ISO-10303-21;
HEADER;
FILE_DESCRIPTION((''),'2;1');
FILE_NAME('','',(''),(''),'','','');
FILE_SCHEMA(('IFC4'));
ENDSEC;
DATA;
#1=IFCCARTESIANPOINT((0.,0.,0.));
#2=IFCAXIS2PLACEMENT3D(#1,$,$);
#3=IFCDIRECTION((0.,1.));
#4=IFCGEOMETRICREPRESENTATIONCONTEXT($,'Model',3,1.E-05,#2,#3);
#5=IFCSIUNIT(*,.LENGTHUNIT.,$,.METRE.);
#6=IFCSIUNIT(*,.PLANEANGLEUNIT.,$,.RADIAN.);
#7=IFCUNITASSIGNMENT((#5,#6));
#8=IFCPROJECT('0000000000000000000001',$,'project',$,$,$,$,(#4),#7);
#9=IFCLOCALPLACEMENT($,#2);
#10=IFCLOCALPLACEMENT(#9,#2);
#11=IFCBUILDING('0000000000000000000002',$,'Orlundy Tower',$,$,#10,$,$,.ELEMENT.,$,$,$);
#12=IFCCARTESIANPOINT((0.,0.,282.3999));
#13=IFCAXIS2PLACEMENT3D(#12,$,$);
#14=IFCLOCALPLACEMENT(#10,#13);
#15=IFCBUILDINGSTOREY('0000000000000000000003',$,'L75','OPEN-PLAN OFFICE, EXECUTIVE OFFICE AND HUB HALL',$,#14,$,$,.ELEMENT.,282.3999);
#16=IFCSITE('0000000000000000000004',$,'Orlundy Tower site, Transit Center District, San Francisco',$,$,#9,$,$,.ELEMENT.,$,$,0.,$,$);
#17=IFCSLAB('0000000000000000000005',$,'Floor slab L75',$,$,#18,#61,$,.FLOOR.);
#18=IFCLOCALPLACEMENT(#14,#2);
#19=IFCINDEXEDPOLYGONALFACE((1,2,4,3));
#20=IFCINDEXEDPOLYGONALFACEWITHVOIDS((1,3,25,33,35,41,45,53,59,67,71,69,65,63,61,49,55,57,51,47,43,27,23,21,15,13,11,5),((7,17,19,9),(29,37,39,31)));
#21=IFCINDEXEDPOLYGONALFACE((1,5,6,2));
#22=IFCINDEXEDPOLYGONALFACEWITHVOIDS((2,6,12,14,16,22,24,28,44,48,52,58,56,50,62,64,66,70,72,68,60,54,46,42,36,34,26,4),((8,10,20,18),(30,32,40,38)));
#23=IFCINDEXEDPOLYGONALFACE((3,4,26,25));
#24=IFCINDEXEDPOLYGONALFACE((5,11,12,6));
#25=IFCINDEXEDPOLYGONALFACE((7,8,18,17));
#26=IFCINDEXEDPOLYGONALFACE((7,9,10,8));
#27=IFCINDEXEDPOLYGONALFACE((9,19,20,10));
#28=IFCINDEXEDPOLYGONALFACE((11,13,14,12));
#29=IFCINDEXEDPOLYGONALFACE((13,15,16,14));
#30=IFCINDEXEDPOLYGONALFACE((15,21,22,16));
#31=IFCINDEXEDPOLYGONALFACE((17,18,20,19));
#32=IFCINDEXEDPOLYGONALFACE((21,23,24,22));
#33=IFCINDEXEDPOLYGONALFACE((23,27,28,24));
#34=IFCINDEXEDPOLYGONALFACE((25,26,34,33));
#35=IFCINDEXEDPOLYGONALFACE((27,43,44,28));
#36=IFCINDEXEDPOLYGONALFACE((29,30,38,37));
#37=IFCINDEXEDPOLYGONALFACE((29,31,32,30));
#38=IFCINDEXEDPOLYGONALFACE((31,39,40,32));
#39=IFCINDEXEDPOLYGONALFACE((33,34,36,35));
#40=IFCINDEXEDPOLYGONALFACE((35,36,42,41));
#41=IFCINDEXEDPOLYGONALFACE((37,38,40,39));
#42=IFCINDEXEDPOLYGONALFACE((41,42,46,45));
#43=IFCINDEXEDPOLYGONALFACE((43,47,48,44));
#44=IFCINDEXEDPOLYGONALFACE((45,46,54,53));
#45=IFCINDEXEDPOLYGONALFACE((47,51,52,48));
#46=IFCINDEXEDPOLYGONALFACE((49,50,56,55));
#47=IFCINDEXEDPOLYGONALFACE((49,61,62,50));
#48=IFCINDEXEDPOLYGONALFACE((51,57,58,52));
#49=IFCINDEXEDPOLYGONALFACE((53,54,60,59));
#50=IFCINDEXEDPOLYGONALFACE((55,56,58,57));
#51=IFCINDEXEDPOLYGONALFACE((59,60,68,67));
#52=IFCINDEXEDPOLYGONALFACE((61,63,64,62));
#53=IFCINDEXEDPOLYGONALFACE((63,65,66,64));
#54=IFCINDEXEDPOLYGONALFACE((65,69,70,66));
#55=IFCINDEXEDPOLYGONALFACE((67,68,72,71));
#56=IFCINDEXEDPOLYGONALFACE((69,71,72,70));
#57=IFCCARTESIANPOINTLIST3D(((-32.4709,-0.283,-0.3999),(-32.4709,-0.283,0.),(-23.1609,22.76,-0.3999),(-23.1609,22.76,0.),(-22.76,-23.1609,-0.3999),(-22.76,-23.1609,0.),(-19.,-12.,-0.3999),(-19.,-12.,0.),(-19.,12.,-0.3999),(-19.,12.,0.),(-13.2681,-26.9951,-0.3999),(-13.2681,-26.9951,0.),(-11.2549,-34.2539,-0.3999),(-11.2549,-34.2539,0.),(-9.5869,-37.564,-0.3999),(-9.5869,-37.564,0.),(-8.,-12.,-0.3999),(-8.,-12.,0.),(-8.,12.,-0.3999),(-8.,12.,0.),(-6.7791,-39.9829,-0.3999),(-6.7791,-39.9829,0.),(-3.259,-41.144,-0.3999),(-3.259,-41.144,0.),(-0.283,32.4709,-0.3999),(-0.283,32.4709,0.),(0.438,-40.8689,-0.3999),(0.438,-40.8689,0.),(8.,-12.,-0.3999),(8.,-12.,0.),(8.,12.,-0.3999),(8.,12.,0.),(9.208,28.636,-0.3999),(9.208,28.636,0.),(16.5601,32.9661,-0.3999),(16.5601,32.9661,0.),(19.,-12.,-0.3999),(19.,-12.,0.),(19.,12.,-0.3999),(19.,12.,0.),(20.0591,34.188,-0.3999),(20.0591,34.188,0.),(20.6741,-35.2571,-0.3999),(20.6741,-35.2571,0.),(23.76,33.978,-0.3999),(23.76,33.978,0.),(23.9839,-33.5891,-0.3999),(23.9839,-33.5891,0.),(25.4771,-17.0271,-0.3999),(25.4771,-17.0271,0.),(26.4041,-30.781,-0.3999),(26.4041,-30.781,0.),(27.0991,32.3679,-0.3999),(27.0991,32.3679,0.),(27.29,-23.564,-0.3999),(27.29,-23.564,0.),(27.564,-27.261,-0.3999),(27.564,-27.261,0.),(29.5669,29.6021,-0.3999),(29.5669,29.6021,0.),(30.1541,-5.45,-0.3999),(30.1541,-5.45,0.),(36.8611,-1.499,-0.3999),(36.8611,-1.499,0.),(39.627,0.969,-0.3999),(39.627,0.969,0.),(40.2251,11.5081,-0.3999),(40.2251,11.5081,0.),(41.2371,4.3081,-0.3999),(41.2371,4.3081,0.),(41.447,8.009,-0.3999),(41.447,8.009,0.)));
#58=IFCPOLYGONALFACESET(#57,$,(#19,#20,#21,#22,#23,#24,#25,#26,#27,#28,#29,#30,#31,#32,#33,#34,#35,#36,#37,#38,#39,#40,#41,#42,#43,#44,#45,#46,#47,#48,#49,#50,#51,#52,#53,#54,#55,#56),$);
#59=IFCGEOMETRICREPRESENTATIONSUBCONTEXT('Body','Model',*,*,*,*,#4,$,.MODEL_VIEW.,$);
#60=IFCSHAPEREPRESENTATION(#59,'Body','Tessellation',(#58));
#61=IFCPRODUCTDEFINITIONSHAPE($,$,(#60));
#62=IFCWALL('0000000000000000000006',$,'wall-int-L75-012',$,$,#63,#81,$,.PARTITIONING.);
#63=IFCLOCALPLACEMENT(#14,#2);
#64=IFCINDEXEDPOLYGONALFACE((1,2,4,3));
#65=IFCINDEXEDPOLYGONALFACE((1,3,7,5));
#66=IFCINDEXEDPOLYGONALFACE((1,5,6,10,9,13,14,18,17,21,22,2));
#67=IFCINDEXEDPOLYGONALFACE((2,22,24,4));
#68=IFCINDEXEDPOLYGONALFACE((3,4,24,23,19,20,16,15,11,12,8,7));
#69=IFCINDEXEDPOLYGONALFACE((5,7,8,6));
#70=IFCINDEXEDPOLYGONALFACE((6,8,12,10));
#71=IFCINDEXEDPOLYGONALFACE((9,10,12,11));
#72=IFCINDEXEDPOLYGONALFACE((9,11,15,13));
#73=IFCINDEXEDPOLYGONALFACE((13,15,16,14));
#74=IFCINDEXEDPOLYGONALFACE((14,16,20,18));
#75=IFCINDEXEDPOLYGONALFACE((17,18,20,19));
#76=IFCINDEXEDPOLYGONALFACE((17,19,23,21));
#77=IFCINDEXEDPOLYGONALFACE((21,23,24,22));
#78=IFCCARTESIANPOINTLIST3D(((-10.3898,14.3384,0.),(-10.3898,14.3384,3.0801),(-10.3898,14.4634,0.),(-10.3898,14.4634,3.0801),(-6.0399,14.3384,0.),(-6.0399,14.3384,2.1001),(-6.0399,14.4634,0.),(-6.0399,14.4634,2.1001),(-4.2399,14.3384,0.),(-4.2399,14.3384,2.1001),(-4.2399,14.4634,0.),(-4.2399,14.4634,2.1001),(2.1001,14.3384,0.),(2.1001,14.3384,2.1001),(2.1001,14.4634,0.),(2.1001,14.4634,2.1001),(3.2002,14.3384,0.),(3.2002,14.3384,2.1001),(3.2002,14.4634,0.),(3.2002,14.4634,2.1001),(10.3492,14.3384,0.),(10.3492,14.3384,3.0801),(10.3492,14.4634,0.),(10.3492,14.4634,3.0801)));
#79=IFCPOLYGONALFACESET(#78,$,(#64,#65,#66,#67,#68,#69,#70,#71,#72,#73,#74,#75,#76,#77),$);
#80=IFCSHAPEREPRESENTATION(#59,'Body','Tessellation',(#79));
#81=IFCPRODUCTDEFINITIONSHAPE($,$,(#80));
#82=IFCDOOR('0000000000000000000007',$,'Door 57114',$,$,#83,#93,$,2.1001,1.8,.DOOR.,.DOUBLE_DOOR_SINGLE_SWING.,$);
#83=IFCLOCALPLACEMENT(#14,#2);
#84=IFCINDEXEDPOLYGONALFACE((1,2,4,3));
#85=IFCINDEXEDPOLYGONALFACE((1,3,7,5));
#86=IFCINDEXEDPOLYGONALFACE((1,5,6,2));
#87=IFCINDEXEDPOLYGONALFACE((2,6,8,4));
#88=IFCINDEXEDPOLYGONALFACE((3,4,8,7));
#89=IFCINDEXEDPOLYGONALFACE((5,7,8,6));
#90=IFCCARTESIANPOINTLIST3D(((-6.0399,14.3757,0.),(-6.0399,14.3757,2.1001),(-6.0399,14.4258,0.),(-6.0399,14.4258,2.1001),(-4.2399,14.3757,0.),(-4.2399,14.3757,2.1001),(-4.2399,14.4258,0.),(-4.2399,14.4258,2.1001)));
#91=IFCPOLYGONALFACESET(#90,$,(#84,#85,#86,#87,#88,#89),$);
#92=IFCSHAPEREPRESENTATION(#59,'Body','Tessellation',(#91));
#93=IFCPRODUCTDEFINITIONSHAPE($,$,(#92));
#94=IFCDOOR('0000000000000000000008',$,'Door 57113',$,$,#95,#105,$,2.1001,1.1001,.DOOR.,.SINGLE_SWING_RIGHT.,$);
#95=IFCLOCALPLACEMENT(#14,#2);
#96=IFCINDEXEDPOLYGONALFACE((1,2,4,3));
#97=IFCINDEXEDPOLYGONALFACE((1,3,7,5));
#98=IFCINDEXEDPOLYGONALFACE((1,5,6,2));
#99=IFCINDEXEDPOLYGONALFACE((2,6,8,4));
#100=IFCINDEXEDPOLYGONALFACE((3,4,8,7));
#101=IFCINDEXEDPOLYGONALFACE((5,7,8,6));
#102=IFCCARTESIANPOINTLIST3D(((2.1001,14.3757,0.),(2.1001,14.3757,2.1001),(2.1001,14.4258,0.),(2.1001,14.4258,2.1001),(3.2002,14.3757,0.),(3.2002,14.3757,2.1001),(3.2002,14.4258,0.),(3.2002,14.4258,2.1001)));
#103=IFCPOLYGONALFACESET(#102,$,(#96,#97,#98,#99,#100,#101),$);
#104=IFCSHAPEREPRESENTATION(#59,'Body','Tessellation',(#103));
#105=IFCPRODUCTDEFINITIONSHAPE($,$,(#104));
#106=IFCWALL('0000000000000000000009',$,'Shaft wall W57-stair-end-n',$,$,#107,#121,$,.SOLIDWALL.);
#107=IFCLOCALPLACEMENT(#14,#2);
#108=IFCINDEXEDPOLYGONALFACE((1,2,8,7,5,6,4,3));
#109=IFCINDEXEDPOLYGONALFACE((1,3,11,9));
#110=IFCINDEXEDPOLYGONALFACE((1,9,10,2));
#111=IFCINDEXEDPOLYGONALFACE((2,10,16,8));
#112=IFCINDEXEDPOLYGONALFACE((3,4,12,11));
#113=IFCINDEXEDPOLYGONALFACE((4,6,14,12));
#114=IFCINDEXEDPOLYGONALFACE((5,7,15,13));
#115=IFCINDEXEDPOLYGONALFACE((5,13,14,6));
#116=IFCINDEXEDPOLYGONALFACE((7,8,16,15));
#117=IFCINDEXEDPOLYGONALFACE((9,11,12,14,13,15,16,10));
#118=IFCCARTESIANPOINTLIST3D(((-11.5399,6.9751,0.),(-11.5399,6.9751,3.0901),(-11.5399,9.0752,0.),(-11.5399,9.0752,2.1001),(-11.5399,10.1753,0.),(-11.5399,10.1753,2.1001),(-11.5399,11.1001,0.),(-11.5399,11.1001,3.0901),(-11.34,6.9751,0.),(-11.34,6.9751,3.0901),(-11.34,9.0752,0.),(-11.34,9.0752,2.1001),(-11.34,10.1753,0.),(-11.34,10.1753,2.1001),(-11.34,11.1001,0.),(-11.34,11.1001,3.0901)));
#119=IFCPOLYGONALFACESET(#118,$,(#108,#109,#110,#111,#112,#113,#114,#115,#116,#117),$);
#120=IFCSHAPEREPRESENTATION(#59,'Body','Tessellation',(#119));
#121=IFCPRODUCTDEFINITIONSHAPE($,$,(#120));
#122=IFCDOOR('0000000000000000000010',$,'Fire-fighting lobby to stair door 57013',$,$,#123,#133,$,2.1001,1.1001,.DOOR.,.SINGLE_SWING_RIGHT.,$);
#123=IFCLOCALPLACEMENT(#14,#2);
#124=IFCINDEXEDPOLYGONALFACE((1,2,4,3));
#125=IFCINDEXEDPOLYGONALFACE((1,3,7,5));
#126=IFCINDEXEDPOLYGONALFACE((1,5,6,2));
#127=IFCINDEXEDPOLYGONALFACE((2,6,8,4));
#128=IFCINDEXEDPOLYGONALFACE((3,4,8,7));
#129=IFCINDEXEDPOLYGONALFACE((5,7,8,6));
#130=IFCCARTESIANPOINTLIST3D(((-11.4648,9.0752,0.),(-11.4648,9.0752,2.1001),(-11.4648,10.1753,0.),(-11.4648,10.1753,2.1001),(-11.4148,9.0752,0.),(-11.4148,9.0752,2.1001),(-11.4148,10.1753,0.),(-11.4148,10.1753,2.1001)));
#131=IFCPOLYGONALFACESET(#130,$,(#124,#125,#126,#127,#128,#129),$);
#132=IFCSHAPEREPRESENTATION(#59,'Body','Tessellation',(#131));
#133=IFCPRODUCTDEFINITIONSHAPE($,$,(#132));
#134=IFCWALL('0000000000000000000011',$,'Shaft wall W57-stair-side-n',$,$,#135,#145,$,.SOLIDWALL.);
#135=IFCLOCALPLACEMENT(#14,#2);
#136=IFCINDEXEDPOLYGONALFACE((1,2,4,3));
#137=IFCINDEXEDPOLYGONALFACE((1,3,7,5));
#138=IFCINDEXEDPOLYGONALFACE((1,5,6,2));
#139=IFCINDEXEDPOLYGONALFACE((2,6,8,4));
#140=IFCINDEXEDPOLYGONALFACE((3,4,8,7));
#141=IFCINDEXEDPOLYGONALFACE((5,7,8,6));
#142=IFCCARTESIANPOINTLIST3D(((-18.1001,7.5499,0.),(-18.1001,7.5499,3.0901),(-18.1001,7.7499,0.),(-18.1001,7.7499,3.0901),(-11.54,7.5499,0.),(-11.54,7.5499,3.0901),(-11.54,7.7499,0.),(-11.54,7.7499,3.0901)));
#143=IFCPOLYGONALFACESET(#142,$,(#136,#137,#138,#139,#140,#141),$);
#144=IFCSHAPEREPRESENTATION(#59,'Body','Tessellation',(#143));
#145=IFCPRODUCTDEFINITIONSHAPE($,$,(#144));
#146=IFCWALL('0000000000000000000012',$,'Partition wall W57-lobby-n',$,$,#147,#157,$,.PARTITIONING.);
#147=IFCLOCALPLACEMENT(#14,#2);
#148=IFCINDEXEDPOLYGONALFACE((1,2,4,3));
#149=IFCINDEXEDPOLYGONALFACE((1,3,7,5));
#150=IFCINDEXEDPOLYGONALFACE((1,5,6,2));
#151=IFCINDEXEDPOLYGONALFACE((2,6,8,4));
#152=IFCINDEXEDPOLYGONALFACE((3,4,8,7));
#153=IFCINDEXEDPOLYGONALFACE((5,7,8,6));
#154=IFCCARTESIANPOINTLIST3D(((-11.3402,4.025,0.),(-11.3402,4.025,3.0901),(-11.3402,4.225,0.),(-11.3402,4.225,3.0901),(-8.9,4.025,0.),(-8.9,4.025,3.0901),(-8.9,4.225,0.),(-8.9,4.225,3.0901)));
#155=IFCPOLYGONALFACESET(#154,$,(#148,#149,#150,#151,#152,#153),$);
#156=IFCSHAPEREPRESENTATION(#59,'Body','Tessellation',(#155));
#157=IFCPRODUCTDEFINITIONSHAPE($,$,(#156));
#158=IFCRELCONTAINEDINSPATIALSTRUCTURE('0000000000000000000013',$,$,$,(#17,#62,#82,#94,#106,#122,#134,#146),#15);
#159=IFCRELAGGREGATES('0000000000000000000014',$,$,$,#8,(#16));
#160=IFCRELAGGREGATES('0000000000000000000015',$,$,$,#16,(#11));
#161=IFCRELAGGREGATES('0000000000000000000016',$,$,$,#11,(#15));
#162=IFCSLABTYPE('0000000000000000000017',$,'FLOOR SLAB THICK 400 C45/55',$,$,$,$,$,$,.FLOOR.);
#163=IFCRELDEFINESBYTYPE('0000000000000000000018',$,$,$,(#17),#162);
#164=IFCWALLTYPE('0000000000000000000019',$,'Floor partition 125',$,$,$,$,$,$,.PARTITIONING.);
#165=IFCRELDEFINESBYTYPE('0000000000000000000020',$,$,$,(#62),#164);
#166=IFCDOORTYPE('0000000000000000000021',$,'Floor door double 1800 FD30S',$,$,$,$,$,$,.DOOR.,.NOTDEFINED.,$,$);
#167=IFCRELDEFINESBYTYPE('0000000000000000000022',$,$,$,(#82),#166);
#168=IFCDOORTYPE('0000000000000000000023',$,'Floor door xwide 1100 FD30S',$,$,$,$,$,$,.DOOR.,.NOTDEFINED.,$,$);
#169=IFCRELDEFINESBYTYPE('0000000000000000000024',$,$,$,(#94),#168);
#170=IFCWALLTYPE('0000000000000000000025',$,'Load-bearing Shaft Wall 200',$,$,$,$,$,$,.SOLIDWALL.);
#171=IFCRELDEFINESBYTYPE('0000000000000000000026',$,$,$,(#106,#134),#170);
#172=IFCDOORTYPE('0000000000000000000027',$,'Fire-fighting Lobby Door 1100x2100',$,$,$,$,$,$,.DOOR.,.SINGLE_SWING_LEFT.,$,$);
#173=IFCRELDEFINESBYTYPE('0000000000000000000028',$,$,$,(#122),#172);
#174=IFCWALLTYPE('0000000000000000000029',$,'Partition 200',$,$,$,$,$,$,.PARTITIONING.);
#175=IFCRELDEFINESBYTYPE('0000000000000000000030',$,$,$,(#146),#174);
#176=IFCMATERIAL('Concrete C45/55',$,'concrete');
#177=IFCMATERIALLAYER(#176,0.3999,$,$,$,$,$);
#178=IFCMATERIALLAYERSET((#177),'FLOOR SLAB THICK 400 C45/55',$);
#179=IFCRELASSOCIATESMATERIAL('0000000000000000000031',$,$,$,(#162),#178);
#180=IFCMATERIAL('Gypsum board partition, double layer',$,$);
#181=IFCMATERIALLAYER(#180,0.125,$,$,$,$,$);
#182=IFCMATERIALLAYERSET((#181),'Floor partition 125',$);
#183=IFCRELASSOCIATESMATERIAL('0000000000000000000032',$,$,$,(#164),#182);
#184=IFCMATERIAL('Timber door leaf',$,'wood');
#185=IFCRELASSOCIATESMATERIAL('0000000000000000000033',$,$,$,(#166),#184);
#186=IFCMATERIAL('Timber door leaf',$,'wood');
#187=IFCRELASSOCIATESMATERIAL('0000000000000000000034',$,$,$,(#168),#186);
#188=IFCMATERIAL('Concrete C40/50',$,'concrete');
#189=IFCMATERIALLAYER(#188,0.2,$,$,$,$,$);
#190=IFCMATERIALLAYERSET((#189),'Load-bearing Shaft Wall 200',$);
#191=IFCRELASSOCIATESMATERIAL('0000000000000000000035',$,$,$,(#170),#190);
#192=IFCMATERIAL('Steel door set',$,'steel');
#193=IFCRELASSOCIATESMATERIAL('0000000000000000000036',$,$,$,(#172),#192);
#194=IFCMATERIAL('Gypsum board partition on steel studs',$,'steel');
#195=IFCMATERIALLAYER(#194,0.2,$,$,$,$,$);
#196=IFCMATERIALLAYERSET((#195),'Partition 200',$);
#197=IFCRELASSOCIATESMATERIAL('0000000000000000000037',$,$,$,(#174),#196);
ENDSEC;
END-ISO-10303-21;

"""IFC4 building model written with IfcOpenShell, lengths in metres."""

from ifc_helpers import new_model, si_unit, direction, frame, frame_2d, origin, place, context, subcontext, project, spatial, polyline, rectangle, outline, extrude, material, layer, layer_set, type_object, element, fill, save


model = new_model("IFC4")

# Units and contexts
model_context = context("Model", 3, precision=1e-05, world=origin(), true_north=direction((0.0, 1.0)))
body_context = subcontext(model_context, "Body", "Model", "MODEL_VIEW")
ifc_project = project(units=[si_unit("LENGTHUNIT", "METRE"), si_unit("PLANEANGLEUNIT", "RADIAN")], contexts=[model_context])

# Site, building, storey
site_placement = place(None, origin())
site = spatial("IfcSite", under=ifc_project, at=site_placement, Name="Orlundy Tower site, Transit Center District, San Francisco", CompositionType="ELEMENT", RefElevation=0.0)
building_placement = place(site_placement, origin())
building = spatial("IfcBuilding", under=site, at=building_placement, Name="Orlundy Tower", CompositionType="ELEMENT")
storey_placement = place(building_placement, frame((0.0, 0.0, 282.3999)))
storey = spatial("IfcBuildingStorey", under=building, at=storey_placement, Name="L75", Description="OPEN-PLAN OFFICE, EXECUTIVE OFFICE AND HUB HALL", CompositionType="ELEMENT", Elevation=282.3999)

# Slab
ifc_material_1 = material(Name="Concrete C45/55", Category="concrete")
ifc_layer_1 = layer(ifc_material_1, 0.3999)
ifc_layer_set_1 = layer_set([ifc_layer_1], Name="FLOOR SLAB THICK 400 C45/55")
slab_type_1 = type_object("IfcSlabType", Name="FLOOR SLAB THICK 400 C45/55", PredefinedType="FLOOR", material=ifc_layer_set_1)
slab_1_placement = place(storey_placement, frame((0.0, 0.0, -0.3999)))
element("IfcSlab", 1, at=slab_1_placement, inside=storey, type_object=slab_type_1, Name="Floor slab L75", PredefinedType="FLOOR", context=body_context, shape_type="SweptSolid", body=[
    extrude(outline(polyline([(30.1541, -5.45), (25.4771, -17.0271), (27.29, -23.564), (27.564, -27.261), (26.4041, -30.781), (23.9839, -33.5891), (20.6741, -35.2571), (0.438, -40.8689), (-3.259, -41.144), (-6.7791, -39.9829), (-9.5869, -37.564), (-11.2549, -34.2539), (-13.2681, -26.9951), (-22.76, -23.1609), (-32.4709, -0.283), (-23.1609, 22.76), (-0.283, 32.4709), (9.208, 28.636), (16.5601, 32.9661), (20.0591, 34.188), (23.76, 33.978), (27.0991, 32.3679), (29.5669, 29.6021), (40.2251, 11.5081), (41.447, 8.009), (41.2371, 4.3081), (39.627, 0.969), (36.8611, -1.499), (30.1541, -5.45)]), holes=[polyline([(-8.0, -12.0), (-8.0, 12.0), (-19.0, 12.0), (-19.0, -12.0), (-8.0, -12.0)]), polyline([(19.0, -12.0), (19.0, 12.0), (8.0, 12.0), (8.0, -12.0), (19.0, -12.0)])]), origin(), (0.0, 0.0, 1.0), 0.3999),
])

# Wall, openings, doors
ifc_material_2 = material(Name="Gypsum board partition, double layer")
ifc_layer_2 = layer(ifc_material_2, 0.125)
ifc_layer_set_2 = layer_set([ifc_layer_2], Name="Floor partition 125")
wall_type_1 = type_object("IfcWallType", Name="Floor partition 125", PredefinedType="PARTITIONING", material=ifc_layer_set_2)
wall_1_placement = place(storey_placement, frame((-10.3899, 14.4009, 0.0), z_axis=(0.0, 0.0, 1.0), x_axis=(1.0, 0.0, 0.0)))
wall_1 = element("IfcWall", 2, at=wall_1_placement, inside=storey, type_object=wall_type_1, Name="wall-int-L75-012", PredefinedType="PARTITIONING", context=body_context, shape_type="SweptSolid", body=[
    extrude(rectangle(XDim=20.739, YDim=0.125, at=frame_2d((10.3696, 0.0))), origin(), (0.0, 0.0, 1.0), 3.0801),
])
opening_1_placement = place(wall_1_placement, frame((12.49, 0.0, 0.0)))
opening_1 = element("IfcOpeningElement", 3, at=opening_1_placement, cuts=wall_1, PredefinedType="OPENING", context=body_context, shape_type="SweptSolid", body=[
    extrude(rectangle(XDim=1.1001, YDim=2.1001, at=frame_2d((0.55, 1.05))), frame((0.0, 0.0725, 0.0), z_axis=(0.0, -1.0, 0.0), x_axis=(1.0, 0.0, 0.0)), (0.0, 0.0, 1.0), 0.145),
])
opening_2_placement = place(wall_1_placement, frame((4.3501, 0.0, 0.0)))
opening_2 = element("IfcOpeningElement", 4, at=opening_2_placement, cuts=wall_1, PredefinedType="OPENING", context=body_context, shape_type="SweptSolid", body=[
    extrude(rectangle(XDim=1.8, YDim=2.1001, at=frame_2d((0.8999, 1.05))), frame((0.0, 0.0725, 0.0), z_axis=(0.0, -1.0, 0.0), x_axis=(1.0, 0.0, 0.0)), (0.0, 0.0, 1.0), 0.145),
])
ifc_material_3 = material(Name="Timber door leaf", Category="wood")
door_type_1 = type_object("IfcDoorType", Name="Floor door double 1800 FD30S", OperationType="NOTDEFINED", PredefinedType="DOOR", material=ifc_material_3)
door_1_placement = place(opening_2_placement, origin())
door_1 = element("IfcDoor", 5, at=door_1_placement, inside=storey, type_object=door_type_1, Name="Door 57114", OperationType="DOUBLE_DOOR_SINGLE_SWING", OverallHeight=2.1001, OverallWidth=1.8, PredefinedType="DOOR", context=body_context, shape_type="SweptSolid", body=[
    extrude(rectangle(XDim=1.8, YDim=2.1001, at=frame_2d((0.8999, 1.05))), frame((0.0, 0.0249, 0.0), z_axis=(0.0, -1.0, 0.0), x_axis=(1.0, 0.0, 0.0)), (0.0, 0.0, 1.0), 0.05),
])
fill(opening_2, door_1)
ifc_material_4 = material(Name="Timber door leaf", Category="wood")
door_type_2 = type_object("IfcDoorType", Name="Floor door xwide 1100 FD30S", OperationType="NOTDEFINED", PredefinedType="DOOR", material=ifc_material_4)
door_2_placement = place(opening_1_placement, origin())
door_2 = element("IfcDoor", 6, at=door_2_placement, inside=storey, type_object=door_type_2, Name="Door 57113", OperationType="SINGLE_SWING_RIGHT", OverallHeight=2.1001, OverallWidth=1.1001, PredefinedType="DOOR", context=body_context, shape_type="SweptSolid", body=[
    extrude(rectangle(XDim=1.1001, YDim=2.1001, at=frame_2d((0.55, 1.05))), frame((0.0, 0.0249, 0.0), z_axis=(0.0, -1.0, 0.0), x_axis=(1.0, 0.0, 0.0)), (0.0, 0.0, 1.0), 0.05),
])
fill(opening_1, door_2)

# Wall, opening, door
ifc_material_5 = material(Name="Concrete C40/50", Category="concrete")
ifc_layer_3 = layer(ifc_material_5, 0.2)
ifc_layer_set_3 = layer_set([ifc_layer_3], Name="Load-bearing Shaft Wall 200")
wall_type_2 = type_object("IfcWallType", Name="Load-bearing Shaft Wall 200", PredefinedType="SOLIDWALL", material=ifc_layer_set_3)
wall_2_placement = place(storey_placement, frame((-11.4399, 6.9751, 0.0), z_axis=(0.0, 0.0, 1.0), x_axis=(0.0, 1.0, 0.0)))
wall_2 = element("IfcWall", 7, at=wall_2_placement, inside=storey, type_object=wall_type_2, Name="Shaft wall W57-stair-end-n", PredefinedType="SOLIDWALL", context=body_context, shape_type="SweptSolid", body=[
    extrude(rectangle(XDim=4.125, YDim=0.2, at=frame_2d((2.0625, 0.0))), origin(), (0.0, 0.0, 1.0), 3.0901),
])
opening_3_placement = place(wall_2_placement, frame((2.1001, 0.0, 0.0)))
opening_3 = element("IfcOpeningElement", 8, at=opening_3_placement, cuts=wall_2, PredefinedType="OPENING", context=body_context, shape_type="SweptSolid", body=[
    extrude(rectangle(XDim=1.1001, YDim=2.1001, at=frame_2d((0.55, 1.05))), frame((0.0, 0.1101, 0.0), z_axis=(0.0, -1.0, 0.0), x_axis=(1.0, 0.0, 0.0)), (0.0, 0.0, 1.0), 0.2202),
])
ifc_material_6 = material(Name="Steel door set", Category="steel")
door_type_3 = type_object("IfcDoorType", Name="Fire-fighting Lobby Door 1100x2100", OperationType="SINGLE_SWING_LEFT", PredefinedType="DOOR", material=ifc_material_6)
door_3_placement = place(opening_3_placement, origin())
door_3 = element("IfcDoor", 9, at=door_3_placement, inside=storey, type_object=door_type_3, Name="Fire-fighting lobby to stair door 57013", OperationType="SINGLE_SWING_RIGHT", OverallHeight=2.1001, OverallWidth=1.1001, PredefinedType="DOOR", context=body_context, shape_type="SweptSolid", body=[
    extrude(rectangle(XDim=1.1001, YDim=2.1001, at=frame_2d((0.55, 1.05))), frame((0.0, 0.0249, 0.0), z_axis=(0.0, -1.0, 0.0), x_axis=(1.0, 0.0, 0.0)), (0.0, 0.0, 1.0), 0.05),
])
fill(opening_3, door_3)

# Walls
wall_3_placement = place(storey_placement, frame((-11.54, 7.6499, 0.0), z_axis=(0.0, 0.0, 1.0), x_axis=(-1.0, 0.0, 0.0)))
element("IfcWall", 10, at=wall_3_placement, inside=storey, type_object=wall_type_2, Name="Shaft wall W57-stair-side-n", PredefinedType="SOLIDWALL", context=body_context, shape_type="SweptSolid", body=[
    extrude(rectangle(XDim=6.5601, YDim=0.2, at=frame_2d((3.28, 0.0))), origin(), (0.0, 0.0, 1.0), 3.0901),
])
ifc_material_7 = material(Name="Gypsum board partition on steel studs", Category="steel")
ifc_layer_4 = layer(ifc_material_7, 0.2)
ifc_layer_set_4 = layer_set([ifc_layer_4], Name="Partition 200")
wall_type_3 = type_object("IfcWallType", Name="Partition 200", PredefinedType="PARTITIONING", material=ifc_layer_set_4)
wall_4_placement = place(storey_placement, frame((-8.8999, 4.125, 0.0), z_axis=(0.0, 0.0, 1.0), x_axis=(-1.0, 0.0, 0.0)))
element("IfcWall", 11, at=wall_4_placement, inside=storey, type_object=wall_type_3, Name="Partition wall W57-lobby-n", PredefinedType="PARTITIONING", context=body_context, shape_type="SweptSolid", body=[
    extrude(rectangle(XDim=2.4402, YDim=0.2, at=frame_2d((1.2202, 0.0))), origin(), (0.0, 0.0, 1.0), 3.0901),
])

save(model, "model.ifc")
